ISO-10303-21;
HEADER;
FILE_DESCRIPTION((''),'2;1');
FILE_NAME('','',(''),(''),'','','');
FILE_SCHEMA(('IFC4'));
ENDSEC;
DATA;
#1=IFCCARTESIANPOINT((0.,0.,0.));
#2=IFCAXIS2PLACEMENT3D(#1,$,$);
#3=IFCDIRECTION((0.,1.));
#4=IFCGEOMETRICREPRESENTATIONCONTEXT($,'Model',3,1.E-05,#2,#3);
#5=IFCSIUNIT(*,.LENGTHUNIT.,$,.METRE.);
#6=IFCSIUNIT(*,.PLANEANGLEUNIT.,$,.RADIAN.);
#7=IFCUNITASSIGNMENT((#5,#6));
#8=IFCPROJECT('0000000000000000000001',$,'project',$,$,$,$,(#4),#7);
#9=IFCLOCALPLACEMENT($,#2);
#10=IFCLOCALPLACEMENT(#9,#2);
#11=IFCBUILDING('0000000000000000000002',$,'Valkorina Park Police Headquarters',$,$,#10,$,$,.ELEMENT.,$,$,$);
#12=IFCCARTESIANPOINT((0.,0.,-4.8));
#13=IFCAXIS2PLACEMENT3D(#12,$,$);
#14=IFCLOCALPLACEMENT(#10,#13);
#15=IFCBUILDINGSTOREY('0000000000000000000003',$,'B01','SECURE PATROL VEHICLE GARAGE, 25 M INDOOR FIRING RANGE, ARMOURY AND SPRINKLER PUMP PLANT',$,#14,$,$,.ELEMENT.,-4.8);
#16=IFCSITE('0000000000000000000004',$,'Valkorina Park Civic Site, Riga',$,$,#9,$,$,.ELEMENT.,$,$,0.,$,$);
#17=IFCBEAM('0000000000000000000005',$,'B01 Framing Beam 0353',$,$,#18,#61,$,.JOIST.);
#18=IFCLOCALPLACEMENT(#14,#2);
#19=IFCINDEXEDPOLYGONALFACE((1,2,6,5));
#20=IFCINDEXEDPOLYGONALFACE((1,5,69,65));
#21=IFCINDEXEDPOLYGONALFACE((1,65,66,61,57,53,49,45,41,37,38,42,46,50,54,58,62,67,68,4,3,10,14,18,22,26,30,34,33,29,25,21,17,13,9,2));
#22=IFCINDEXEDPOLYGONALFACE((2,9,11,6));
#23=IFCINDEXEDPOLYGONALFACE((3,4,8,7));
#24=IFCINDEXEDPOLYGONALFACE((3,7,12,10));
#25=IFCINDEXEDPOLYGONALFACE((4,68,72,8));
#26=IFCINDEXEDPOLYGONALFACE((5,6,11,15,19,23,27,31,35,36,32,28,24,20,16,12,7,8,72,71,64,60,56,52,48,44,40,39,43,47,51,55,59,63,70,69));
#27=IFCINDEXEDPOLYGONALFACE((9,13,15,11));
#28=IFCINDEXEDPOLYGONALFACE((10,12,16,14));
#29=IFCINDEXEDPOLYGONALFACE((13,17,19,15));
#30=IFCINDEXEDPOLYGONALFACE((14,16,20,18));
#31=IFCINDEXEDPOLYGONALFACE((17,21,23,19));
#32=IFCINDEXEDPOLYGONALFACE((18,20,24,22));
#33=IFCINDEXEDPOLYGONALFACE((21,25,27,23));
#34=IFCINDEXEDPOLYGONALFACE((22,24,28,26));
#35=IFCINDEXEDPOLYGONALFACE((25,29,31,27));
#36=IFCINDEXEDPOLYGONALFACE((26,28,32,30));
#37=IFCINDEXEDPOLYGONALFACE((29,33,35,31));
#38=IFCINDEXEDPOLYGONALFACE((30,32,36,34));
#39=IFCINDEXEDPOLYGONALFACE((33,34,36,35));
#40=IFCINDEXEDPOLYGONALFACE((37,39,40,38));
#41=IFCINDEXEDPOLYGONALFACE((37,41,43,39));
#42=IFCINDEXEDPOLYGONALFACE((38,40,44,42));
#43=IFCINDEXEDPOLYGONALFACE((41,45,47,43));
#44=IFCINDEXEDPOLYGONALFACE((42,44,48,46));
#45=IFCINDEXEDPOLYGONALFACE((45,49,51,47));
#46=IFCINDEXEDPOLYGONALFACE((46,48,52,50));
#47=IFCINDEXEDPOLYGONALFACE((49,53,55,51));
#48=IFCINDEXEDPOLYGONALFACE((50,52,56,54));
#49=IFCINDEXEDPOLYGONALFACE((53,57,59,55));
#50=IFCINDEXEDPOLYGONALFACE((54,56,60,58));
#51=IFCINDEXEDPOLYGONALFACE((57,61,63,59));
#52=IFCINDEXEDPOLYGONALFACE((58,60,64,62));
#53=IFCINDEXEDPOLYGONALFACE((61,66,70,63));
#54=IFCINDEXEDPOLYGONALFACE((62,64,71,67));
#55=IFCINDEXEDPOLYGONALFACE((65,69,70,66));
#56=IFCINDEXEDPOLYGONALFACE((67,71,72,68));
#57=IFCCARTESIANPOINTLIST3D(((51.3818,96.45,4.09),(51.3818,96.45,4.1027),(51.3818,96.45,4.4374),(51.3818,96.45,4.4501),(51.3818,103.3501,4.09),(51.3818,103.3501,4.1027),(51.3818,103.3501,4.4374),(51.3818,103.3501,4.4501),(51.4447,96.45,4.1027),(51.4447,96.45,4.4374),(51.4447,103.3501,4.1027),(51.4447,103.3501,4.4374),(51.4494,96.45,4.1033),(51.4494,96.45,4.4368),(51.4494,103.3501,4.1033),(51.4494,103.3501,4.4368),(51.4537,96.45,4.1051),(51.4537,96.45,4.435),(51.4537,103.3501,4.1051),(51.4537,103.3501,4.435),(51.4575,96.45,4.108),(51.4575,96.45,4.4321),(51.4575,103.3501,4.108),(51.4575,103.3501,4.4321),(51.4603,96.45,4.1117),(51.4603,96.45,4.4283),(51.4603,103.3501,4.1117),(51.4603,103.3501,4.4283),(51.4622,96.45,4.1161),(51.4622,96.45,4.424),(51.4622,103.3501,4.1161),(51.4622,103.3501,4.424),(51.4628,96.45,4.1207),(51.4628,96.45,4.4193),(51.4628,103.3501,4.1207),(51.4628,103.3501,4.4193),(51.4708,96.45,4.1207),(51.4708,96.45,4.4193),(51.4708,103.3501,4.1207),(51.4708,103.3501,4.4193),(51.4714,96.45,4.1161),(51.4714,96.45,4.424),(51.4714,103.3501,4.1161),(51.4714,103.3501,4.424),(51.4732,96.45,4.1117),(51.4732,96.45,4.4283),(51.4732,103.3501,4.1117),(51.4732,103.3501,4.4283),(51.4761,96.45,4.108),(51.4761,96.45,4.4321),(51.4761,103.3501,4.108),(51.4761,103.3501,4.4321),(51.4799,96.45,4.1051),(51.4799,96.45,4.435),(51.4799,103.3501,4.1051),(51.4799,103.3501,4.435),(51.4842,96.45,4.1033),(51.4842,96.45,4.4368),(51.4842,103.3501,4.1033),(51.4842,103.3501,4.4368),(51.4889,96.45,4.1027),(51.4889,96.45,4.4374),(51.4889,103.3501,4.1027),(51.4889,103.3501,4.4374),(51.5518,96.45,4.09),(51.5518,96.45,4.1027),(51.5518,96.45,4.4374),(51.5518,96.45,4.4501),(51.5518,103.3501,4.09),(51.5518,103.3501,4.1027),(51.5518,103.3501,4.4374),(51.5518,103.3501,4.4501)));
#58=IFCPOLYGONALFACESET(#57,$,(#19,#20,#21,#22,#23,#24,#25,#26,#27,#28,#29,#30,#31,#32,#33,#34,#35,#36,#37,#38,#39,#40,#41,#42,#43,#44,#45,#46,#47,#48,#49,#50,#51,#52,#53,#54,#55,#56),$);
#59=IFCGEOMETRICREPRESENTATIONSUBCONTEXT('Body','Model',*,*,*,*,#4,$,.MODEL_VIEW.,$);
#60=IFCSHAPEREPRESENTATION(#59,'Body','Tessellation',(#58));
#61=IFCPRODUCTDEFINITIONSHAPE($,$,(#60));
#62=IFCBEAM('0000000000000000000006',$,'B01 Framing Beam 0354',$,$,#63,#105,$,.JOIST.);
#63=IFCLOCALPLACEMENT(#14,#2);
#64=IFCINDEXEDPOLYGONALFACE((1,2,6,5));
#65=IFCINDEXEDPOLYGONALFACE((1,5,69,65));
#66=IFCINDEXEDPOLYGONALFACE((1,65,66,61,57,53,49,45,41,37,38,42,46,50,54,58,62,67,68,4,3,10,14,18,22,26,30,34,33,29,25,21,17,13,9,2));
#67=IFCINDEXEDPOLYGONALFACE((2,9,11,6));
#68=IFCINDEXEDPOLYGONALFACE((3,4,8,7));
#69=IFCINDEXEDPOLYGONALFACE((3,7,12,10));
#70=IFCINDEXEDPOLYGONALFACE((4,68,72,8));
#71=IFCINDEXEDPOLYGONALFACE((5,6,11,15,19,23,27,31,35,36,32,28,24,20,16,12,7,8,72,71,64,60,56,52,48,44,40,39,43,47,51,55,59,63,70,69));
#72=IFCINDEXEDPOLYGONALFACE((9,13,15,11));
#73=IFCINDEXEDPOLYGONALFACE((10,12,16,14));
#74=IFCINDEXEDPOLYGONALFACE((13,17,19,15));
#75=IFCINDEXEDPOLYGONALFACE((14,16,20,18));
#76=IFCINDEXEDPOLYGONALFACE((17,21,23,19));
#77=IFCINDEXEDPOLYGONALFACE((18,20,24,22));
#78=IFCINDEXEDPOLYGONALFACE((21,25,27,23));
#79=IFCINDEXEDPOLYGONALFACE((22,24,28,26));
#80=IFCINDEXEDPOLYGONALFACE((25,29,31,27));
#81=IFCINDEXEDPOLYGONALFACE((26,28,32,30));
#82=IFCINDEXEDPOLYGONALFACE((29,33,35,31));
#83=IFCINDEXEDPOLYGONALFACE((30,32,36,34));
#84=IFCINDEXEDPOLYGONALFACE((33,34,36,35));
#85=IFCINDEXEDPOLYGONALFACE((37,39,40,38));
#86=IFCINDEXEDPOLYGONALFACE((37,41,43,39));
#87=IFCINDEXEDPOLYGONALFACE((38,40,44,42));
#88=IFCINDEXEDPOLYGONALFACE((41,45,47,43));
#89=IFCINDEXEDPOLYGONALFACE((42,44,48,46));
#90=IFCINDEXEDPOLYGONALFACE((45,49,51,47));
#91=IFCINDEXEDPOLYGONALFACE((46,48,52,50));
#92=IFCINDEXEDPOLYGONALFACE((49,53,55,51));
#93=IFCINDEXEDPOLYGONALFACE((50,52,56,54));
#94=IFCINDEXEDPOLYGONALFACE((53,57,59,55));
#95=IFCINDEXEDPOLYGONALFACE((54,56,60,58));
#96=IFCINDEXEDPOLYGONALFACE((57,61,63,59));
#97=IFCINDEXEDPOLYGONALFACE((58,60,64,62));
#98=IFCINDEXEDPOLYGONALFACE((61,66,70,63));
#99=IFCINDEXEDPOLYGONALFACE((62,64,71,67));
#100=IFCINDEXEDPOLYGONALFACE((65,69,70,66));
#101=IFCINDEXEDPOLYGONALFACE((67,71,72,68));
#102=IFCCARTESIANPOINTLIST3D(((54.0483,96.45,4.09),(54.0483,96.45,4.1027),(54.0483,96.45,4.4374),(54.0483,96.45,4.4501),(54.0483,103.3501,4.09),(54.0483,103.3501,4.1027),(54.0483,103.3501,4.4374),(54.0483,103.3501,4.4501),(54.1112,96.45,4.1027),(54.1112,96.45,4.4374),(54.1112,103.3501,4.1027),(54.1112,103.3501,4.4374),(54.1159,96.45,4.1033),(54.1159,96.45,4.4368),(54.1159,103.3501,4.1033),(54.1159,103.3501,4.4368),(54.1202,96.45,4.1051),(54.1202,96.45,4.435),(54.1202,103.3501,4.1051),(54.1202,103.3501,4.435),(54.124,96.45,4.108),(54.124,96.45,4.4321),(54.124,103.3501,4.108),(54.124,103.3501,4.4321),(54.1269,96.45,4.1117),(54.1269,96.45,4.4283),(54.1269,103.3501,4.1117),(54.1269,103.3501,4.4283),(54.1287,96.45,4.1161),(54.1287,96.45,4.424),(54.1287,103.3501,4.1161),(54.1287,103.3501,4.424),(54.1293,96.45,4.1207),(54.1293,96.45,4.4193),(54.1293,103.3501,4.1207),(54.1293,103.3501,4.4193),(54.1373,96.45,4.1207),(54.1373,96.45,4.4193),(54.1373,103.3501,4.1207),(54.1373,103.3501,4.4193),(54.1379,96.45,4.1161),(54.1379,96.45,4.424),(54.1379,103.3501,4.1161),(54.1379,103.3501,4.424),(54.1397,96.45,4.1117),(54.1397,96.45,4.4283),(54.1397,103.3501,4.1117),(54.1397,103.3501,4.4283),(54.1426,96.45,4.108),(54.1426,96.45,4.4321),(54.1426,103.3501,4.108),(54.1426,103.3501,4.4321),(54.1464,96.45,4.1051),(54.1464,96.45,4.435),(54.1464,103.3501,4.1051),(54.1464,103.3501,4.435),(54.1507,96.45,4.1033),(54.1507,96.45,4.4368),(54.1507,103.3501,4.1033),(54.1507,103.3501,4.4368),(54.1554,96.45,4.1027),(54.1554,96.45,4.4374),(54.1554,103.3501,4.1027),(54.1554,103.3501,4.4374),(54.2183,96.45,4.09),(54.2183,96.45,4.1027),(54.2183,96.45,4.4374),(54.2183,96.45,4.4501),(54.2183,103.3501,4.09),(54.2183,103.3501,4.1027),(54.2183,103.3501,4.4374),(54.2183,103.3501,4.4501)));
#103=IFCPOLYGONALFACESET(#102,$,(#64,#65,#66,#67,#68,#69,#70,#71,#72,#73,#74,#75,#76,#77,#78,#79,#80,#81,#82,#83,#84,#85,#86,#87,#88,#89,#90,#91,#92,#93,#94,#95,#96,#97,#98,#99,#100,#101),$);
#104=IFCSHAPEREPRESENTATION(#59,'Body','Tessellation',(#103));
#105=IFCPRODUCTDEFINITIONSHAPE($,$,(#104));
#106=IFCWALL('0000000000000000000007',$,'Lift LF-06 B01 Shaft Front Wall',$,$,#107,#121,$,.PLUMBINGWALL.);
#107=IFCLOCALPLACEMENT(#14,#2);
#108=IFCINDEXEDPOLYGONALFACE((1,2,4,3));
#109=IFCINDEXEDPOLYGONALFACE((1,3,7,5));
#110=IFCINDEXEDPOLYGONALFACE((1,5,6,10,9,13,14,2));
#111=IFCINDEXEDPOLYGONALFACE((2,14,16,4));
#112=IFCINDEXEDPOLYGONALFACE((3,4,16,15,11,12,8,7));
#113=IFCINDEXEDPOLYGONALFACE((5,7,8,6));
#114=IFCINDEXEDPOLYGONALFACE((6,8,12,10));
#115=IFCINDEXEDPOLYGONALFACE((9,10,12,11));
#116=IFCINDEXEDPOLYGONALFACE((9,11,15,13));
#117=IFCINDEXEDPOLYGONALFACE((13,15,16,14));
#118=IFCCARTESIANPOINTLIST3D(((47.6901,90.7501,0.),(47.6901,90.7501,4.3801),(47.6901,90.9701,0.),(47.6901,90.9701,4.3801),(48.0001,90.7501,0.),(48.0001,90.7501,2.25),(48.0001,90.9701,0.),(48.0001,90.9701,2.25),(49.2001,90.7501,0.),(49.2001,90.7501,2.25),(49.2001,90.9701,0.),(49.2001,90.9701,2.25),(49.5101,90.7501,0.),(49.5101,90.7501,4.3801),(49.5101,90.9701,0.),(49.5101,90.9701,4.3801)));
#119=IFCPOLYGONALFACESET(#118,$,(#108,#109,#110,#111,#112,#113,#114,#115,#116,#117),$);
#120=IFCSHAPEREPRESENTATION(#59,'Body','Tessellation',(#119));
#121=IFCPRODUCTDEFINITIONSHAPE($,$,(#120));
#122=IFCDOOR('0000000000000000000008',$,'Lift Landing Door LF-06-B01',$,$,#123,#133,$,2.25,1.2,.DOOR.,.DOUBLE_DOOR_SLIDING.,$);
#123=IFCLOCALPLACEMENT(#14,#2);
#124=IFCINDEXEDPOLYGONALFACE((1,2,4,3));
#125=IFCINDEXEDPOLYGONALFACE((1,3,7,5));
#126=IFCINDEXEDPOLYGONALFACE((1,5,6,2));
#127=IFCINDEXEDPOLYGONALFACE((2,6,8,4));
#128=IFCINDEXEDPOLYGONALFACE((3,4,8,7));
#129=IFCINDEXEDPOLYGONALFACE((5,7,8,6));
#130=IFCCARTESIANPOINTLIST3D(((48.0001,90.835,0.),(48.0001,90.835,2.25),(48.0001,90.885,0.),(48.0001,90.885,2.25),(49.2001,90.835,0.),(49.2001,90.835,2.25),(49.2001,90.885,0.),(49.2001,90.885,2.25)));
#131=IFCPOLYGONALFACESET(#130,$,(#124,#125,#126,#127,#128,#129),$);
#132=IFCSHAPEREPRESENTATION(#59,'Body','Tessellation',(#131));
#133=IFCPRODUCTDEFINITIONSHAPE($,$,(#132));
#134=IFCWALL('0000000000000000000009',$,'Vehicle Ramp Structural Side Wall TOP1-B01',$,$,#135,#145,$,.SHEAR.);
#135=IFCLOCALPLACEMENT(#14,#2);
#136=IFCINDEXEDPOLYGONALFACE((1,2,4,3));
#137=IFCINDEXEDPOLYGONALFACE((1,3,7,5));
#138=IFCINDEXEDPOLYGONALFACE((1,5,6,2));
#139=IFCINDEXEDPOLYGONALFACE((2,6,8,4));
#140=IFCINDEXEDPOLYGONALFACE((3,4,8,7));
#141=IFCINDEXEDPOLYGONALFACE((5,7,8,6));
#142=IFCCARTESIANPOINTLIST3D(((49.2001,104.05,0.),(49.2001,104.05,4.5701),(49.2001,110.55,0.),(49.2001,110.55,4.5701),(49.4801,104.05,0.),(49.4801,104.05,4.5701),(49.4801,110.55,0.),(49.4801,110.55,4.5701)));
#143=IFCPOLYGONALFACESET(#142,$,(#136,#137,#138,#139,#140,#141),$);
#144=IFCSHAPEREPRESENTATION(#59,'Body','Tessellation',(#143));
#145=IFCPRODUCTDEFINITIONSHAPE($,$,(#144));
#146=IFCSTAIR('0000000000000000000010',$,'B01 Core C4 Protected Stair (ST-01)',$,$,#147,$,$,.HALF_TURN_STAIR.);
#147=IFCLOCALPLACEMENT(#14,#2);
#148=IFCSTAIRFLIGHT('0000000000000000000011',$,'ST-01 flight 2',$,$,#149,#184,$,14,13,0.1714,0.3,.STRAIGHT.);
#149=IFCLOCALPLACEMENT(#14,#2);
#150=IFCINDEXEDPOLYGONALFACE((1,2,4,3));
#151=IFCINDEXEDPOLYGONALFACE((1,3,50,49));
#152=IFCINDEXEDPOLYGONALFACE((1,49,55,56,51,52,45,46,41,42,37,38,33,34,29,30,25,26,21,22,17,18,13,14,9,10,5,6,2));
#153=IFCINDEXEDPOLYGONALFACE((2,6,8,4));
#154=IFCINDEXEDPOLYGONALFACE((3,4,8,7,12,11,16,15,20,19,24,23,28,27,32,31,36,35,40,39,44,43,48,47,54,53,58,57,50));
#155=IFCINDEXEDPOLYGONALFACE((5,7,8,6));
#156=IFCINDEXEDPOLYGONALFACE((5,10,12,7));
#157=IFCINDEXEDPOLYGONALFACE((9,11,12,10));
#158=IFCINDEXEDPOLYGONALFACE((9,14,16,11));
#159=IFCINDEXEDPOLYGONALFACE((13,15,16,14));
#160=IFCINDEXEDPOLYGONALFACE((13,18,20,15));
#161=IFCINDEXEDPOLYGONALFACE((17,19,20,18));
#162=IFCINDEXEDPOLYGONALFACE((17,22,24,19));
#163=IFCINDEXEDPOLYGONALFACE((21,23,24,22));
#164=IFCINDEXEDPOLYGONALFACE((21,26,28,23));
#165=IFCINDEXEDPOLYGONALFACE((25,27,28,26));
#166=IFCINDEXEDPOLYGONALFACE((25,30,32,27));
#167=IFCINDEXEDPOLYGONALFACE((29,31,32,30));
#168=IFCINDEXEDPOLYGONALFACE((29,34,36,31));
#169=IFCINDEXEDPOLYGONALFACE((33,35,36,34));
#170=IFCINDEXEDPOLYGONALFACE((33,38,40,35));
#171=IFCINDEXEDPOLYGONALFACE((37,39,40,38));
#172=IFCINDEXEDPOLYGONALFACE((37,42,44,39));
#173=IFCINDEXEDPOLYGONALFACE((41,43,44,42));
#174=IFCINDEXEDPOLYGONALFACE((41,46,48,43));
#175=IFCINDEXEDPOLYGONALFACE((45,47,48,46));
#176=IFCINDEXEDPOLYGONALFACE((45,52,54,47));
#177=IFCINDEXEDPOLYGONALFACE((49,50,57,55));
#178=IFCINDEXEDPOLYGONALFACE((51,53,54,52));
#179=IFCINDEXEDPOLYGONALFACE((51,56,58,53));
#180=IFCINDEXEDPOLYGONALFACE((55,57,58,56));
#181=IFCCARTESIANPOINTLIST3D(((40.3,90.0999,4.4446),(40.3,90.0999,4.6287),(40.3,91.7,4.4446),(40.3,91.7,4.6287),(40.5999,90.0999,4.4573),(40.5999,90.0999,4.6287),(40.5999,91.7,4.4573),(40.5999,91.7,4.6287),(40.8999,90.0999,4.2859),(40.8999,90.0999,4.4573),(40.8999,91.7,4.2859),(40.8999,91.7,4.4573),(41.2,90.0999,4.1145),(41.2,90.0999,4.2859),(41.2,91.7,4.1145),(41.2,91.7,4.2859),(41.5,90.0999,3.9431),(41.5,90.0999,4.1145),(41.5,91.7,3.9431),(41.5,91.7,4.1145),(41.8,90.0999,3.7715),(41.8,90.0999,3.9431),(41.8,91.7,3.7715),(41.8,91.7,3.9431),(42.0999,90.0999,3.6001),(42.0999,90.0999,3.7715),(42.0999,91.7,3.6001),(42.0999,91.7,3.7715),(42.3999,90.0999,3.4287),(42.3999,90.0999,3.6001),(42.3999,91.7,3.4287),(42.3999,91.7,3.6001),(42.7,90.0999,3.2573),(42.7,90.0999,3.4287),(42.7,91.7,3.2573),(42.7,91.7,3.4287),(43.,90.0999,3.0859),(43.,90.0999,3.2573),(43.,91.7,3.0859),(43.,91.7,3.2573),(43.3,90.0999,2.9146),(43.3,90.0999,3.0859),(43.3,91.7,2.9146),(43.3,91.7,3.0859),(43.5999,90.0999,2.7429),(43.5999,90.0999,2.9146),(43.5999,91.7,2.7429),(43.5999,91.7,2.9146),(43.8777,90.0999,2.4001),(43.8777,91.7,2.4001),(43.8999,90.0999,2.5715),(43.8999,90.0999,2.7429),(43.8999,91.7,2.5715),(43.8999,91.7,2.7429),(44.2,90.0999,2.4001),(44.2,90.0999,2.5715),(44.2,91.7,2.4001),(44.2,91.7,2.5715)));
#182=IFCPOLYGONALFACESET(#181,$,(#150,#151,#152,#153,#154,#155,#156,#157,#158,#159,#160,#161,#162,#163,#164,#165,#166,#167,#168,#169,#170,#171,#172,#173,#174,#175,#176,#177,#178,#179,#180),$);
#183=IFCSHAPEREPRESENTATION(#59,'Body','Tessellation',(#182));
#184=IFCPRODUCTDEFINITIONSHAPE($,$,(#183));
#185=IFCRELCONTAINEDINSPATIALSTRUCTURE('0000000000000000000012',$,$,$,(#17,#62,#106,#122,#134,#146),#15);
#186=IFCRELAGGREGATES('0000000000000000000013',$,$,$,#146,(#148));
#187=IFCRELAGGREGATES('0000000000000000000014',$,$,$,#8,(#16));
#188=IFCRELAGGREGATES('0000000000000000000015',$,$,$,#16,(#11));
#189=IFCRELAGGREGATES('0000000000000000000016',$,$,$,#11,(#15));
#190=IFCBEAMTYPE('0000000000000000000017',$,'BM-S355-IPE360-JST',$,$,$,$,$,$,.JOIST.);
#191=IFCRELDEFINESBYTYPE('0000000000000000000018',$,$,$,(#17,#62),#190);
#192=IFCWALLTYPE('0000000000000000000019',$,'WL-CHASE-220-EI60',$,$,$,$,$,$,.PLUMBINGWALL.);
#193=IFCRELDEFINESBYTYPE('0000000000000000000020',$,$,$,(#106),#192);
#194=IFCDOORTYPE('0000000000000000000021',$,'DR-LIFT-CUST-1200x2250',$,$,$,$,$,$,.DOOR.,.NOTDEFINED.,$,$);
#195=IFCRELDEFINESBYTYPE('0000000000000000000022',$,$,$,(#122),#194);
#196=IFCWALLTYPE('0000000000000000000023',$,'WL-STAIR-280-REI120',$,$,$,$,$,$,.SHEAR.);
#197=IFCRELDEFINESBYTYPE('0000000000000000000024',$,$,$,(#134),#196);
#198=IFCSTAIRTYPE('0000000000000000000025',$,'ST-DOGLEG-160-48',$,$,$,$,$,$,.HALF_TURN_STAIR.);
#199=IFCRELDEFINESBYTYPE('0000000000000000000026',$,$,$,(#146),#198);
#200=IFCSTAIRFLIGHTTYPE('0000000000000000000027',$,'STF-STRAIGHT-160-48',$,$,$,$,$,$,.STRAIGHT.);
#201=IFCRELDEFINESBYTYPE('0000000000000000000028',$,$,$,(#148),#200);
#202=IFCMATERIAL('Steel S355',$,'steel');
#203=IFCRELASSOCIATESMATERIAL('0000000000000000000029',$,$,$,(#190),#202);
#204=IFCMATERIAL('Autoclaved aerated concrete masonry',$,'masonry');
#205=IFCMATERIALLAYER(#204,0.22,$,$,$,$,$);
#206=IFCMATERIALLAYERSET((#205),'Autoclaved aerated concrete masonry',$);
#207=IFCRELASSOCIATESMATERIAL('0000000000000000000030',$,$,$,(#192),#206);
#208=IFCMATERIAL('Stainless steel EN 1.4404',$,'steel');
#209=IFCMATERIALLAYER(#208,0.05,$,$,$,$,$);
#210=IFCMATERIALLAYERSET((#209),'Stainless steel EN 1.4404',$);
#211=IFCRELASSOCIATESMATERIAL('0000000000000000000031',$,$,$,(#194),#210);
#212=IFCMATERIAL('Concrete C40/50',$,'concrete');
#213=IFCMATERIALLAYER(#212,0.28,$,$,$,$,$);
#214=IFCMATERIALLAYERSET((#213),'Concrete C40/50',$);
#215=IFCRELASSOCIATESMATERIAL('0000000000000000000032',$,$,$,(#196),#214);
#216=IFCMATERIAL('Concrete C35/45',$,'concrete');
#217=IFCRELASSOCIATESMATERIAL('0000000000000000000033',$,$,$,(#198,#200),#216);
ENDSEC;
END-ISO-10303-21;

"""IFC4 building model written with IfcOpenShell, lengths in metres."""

from ifc_helpers import new_model, si_unit, direction, frame, frame_2d, origin, origin_2d, place, context, subcontext, project, spatial, polyline, rectangle, i_section, outline, extrude, material, layer, layer_set, material_profile, profile_set, type_object, element, fill, aggregate, save


model = new_model("IFC4")

# Units and contexts
model_context = context("Model", 3, precision=1e-05, world=origin(), true_north=direction((0.0, 1.0)))
body_context = subcontext(model_context, "Body", "Model", "MODEL_VIEW")
ifc_project = project(units=[si_unit("LENGTHUNIT", "METRE"), si_unit("PLANEANGLEUNIT", "RADIAN")], contexts=[model_context])

# Site, building, storey
site_placement = place(None, origin())
site = spatial("IfcSite", under=ifc_project, at=site_placement, Name="Valkorina Park Civic Site, Riga", CompositionType="ELEMENT", RefElevation=0.0)
building_placement = place(site_placement, origin())
building = spatial("IfcBuilding", under=site, at=building_placement, Name="Valkorina Park Police Headquarters", CompositionType="ELEMENT")
storey_placement = place(building_placement, frame((0.0, 0.0, -4.8)))
storey = spatial("IfcBuildingStorey", under=building, at=storey_placement, Name="B01", Description="SECURE PATROL VEHICLE GARAGE, 25 M INDOOR FIRING RANGE, ARMOURY AND SPRINKLER PUMP PLANT", CompositionType="ELEMENT", Elevation=-4.8)

# Shared definitions
ifc_material_1 = material(Name="Concrete C40/50", Category="concrete")

# Beams
ifc_material_2 = material(Name="Steel S355", Category="steel")
ifc_material_profile_1 = material_profile(ifc_material_2, i_section(OverallWidth=0.1699, OverallDepth=0.3601, WebThickness=0.0081, FlangeThickness=0.0127, FilletRadius=0.0181, at=origin_2d()), Name="IPE 360")
ifc_profile_set_1 = profile_set([ifc_material_profile_1], Name="Steel S355")
beam_type_1 = type_object("IfcBeamType", Name="BM-S355-IPE360-JST", PredefinedType="JOIST", material=ifc_profile_set_1)
for number, where, z_axis, x_axis, name in (
    (1, (51.4668, 96.45, 4.27), (0.0, 1.0, 0.0), (-1.0, 0.0, 0.0), "B01 Framing Beam 0353"),
    (2, (54.1333, 96.45, 4.27), (0.0, 1.0, 0.0), (-1.0, 0.0, 0.0), "B01 Framing Beam 0354"),
):
    element("IfcBeam", number, at=place(storey_placement, frame(where, z_axis=z_axis, x_axis=x_axis)), inside=storey, type_object=beam_type_1, Name=name, PredefinedType="JOIST", context=body_context, shape_type="SweptSolid", body=[
        extrude(i_section(OverallWidth=0.1699, OverallDepth=0.3601, WebThickness=0.0081, FlangeThickness=0.0127, FilletRadius=0.0181, at=origin_2d()), origin(), (0.0, 0.0, 1.0), 6.9001),
    ])

# Wall, opening, door
ifc_material_3 = material(Name="Autoclaved aerated concrete masonry", Category="masonry")
ifc_layer_1 = layer(ifc_material_3, 0.22)
ifc_layer_set_1 = layer_set([ifc_layer_1], Name="Autoclaved aerated concrete masonry")
wall_type_1 = type_object("IfcWallType", Name="WL-CHASE-220-EI60", PredefinedType="PLUMBINGWALL", material=ifc_layer_set_1)
wall_1_placement = place(storey_placement, frame((47.6899, 90.8601, 0.0), z_axis=(0.0, 0.0, 1.0), x_axis=(1.0, 0.0, 0.0)))
wall_1 = element("IfcWall", 3, at=wall_1_placement, inside=storey, type_object=wall_type_1, Name="Lift LF-06 B01 Shaft Front Wall", PredefinedType="PLUMBINGWALL", context=body_context, shape_type="SweptSolid", body=[
    extrude(rectangle(XDim=1.8201, YDim=0.22, at=frame_2d((0.9102, 0.0))), origin(), (0.0, 0.0, 1.0), 4.3801),
])
opening_placement = place(wall_1_placement, frame((0.3101, 0.0, 0.0)))
opening = element("IfcOpeningElement", 4, at=opening_placement, cuts=wall_1, PredefinedType="OPENING", context=body_context, shape_type="SweptSolid", body=[
    extrude(rectangle(XDim=1.2, YDim=2.25, at=frame_2d((0.6001, 1.125))), frame((0.0, 0.1201, 0.0), z_axis=(0.0, -1.0, 0.0), x_axis=(1.0, 0.0, 0.0)), (0.0, 0.0, 1.0), 0.24),
])
ifc_material_4 = material(Name="Stainless steel EN 1.4404", Category="steel")
ifc_layer_2 = layer(ifc_material_4, 0.05)
ifc_layer_set_2 = layer_set([ifc_layer_2], Name="Stainless steel EN 1.4404")
door_type = type_object("IfcDoorType", Name="DR-LIFT-CUST-1200x2250", OperationType="NOTDEFINED", PredefinedType="DOOR", material=ifc_layer_set_2)
door_placement = place(opening_placement, origin())
door = element("IfcDoor", 5, at=door_placement, inside=storey, type_object=door_type, Name="Lift Landing Door LF-06-B01", OperationType="DOUBLE_DOOR_SLIDING", OverallHeight=2.25, OverallWidth=1.2, PredefinedType="DOOR", context=body_context, shape_type="SweptSolid", body=[
    extrude(rectangle(XDim=1.2, YDim=2.25, at=frame_2d((0.6001, 1.125))), frame((0.0, 0.0249, 0.0), z_axis=(0.0, -1.0, 0.0), x_axis=(1.0, 0.0, 0.0)), (0.0, 0.0, 1.0), 0.05),
])
fill(opening, door)

# Wall
ifc_layer_3 = layer(ifc_material_1, 0.28)
ifc_layer_set_3 = layer_set([ifc_layer_3], Name="Concrete C40/50")
wall_type_2 = type_object("IfcWallType", Name="WL-STAIR-280-REI120", PredefinedType="SHEAR", material=ifc_layer_set_3)
wall_2_placement = place(storey_placement, frame((49.3401, 104.05, 0.0), z_axis=(0.0, 0.0, 1.0), x_axis=(0.0, 1.0, 0.0)))
element("IfcWall", 6, at=wall_2_placement, inside=storey, type_object=wall_type_2, Name="Vehicle Ramp Structural Side Wall TOP1-B01", PredefinedType="SHEAR", context=body_context, shape_type="SweptSolid", body=[
    extrude(rectangle(XDim=6.5, YDim=0.28, at=frame_2d((3.25, 0.0))), origin(), (0.0, 0.0, 1.0), 4.5701),
])

# Stair, stair flight
ifc_material_5 = material(Name="Concrete C35/45", Category="concrete")
stair_type = type_object("IfcStairType", Name="ST-DOGLEG-160-48", PredefinedType="HALF_TURN_STAIR", material=ifc_material_5)
stair_placement = place(storey_placement, origin())
stair = element("IfcStair", 7, at=stair_placement, inside=storey, type_object=stair_type, Name="B01 Core C4 Protected Stair (ST-01)", PredefinedType="HALF_TURN_STAIR")
stair_flight_type = type_object("IfcStairFlightType", Name="STF-STRAIGHT-160-48", PredefinedType="STRAIGHT", material=ifc_material_5)
stair_flight_placement = place(storey_placement, frame((44.2, 90.8999, 2.4001), z_axis=(0.0, 0.0, 1.0), x_axis=(-1.0, 0.0, 0.0)))
stair_flight = element("IfcStairFlight", 8, at=stair_flight_placement, type_object=stair_flight_type, Name="ST-01 flight 2", NumberOfRisers=14, NumberOfTreads=13, PredefinedType="STRAIGHT", RiserHeight=0.1714, TreadLength=0.3, context=body_context, shape_type="SweptSolid", body=[
    extrude(outline(polyline([(0.0, 0.0), (0.0, 0.1714), (0.3, 0.1714), (0.3, 0.3428), (0.6001, 0.3428), (0.6001, 0.5144), (0.8999, 0.5144), (0.8999, 0.6858), (1.2, 0.6858), (1.2, 0.8572), (1.5, 0.8572), (1.5, 1.0286), (1.8, 1.0286), (1.8, 1.2), (2.1001, 1.2), (2.1001, 1.3713), (2.3999, 1.3713), (2.3999, 1.543), (2.7, 1.543), (2.7, 1.7144), (3.0, 1.7144), (3.0, 1.8857), (3.3, 1.8857), (3.3, 2.0571), (3.6001, 2.0571), (3.6001, 2.2285), (3.8999, 2.2285), (3.8999, 2.3999), (3.8999, 2.0444), (0.3223, 0.0), (0.0, 0.0)])), frame((0.0, 0.8, 0.0), z_axis=(0.0, -1.0, 0.0), x_axis=(1.0, 0.0, 0.0)), (0.0, 0.0, 1.0), 1.6001),
])
aggregate(stair, [stair_flight])

save(model, "model.ifc")
